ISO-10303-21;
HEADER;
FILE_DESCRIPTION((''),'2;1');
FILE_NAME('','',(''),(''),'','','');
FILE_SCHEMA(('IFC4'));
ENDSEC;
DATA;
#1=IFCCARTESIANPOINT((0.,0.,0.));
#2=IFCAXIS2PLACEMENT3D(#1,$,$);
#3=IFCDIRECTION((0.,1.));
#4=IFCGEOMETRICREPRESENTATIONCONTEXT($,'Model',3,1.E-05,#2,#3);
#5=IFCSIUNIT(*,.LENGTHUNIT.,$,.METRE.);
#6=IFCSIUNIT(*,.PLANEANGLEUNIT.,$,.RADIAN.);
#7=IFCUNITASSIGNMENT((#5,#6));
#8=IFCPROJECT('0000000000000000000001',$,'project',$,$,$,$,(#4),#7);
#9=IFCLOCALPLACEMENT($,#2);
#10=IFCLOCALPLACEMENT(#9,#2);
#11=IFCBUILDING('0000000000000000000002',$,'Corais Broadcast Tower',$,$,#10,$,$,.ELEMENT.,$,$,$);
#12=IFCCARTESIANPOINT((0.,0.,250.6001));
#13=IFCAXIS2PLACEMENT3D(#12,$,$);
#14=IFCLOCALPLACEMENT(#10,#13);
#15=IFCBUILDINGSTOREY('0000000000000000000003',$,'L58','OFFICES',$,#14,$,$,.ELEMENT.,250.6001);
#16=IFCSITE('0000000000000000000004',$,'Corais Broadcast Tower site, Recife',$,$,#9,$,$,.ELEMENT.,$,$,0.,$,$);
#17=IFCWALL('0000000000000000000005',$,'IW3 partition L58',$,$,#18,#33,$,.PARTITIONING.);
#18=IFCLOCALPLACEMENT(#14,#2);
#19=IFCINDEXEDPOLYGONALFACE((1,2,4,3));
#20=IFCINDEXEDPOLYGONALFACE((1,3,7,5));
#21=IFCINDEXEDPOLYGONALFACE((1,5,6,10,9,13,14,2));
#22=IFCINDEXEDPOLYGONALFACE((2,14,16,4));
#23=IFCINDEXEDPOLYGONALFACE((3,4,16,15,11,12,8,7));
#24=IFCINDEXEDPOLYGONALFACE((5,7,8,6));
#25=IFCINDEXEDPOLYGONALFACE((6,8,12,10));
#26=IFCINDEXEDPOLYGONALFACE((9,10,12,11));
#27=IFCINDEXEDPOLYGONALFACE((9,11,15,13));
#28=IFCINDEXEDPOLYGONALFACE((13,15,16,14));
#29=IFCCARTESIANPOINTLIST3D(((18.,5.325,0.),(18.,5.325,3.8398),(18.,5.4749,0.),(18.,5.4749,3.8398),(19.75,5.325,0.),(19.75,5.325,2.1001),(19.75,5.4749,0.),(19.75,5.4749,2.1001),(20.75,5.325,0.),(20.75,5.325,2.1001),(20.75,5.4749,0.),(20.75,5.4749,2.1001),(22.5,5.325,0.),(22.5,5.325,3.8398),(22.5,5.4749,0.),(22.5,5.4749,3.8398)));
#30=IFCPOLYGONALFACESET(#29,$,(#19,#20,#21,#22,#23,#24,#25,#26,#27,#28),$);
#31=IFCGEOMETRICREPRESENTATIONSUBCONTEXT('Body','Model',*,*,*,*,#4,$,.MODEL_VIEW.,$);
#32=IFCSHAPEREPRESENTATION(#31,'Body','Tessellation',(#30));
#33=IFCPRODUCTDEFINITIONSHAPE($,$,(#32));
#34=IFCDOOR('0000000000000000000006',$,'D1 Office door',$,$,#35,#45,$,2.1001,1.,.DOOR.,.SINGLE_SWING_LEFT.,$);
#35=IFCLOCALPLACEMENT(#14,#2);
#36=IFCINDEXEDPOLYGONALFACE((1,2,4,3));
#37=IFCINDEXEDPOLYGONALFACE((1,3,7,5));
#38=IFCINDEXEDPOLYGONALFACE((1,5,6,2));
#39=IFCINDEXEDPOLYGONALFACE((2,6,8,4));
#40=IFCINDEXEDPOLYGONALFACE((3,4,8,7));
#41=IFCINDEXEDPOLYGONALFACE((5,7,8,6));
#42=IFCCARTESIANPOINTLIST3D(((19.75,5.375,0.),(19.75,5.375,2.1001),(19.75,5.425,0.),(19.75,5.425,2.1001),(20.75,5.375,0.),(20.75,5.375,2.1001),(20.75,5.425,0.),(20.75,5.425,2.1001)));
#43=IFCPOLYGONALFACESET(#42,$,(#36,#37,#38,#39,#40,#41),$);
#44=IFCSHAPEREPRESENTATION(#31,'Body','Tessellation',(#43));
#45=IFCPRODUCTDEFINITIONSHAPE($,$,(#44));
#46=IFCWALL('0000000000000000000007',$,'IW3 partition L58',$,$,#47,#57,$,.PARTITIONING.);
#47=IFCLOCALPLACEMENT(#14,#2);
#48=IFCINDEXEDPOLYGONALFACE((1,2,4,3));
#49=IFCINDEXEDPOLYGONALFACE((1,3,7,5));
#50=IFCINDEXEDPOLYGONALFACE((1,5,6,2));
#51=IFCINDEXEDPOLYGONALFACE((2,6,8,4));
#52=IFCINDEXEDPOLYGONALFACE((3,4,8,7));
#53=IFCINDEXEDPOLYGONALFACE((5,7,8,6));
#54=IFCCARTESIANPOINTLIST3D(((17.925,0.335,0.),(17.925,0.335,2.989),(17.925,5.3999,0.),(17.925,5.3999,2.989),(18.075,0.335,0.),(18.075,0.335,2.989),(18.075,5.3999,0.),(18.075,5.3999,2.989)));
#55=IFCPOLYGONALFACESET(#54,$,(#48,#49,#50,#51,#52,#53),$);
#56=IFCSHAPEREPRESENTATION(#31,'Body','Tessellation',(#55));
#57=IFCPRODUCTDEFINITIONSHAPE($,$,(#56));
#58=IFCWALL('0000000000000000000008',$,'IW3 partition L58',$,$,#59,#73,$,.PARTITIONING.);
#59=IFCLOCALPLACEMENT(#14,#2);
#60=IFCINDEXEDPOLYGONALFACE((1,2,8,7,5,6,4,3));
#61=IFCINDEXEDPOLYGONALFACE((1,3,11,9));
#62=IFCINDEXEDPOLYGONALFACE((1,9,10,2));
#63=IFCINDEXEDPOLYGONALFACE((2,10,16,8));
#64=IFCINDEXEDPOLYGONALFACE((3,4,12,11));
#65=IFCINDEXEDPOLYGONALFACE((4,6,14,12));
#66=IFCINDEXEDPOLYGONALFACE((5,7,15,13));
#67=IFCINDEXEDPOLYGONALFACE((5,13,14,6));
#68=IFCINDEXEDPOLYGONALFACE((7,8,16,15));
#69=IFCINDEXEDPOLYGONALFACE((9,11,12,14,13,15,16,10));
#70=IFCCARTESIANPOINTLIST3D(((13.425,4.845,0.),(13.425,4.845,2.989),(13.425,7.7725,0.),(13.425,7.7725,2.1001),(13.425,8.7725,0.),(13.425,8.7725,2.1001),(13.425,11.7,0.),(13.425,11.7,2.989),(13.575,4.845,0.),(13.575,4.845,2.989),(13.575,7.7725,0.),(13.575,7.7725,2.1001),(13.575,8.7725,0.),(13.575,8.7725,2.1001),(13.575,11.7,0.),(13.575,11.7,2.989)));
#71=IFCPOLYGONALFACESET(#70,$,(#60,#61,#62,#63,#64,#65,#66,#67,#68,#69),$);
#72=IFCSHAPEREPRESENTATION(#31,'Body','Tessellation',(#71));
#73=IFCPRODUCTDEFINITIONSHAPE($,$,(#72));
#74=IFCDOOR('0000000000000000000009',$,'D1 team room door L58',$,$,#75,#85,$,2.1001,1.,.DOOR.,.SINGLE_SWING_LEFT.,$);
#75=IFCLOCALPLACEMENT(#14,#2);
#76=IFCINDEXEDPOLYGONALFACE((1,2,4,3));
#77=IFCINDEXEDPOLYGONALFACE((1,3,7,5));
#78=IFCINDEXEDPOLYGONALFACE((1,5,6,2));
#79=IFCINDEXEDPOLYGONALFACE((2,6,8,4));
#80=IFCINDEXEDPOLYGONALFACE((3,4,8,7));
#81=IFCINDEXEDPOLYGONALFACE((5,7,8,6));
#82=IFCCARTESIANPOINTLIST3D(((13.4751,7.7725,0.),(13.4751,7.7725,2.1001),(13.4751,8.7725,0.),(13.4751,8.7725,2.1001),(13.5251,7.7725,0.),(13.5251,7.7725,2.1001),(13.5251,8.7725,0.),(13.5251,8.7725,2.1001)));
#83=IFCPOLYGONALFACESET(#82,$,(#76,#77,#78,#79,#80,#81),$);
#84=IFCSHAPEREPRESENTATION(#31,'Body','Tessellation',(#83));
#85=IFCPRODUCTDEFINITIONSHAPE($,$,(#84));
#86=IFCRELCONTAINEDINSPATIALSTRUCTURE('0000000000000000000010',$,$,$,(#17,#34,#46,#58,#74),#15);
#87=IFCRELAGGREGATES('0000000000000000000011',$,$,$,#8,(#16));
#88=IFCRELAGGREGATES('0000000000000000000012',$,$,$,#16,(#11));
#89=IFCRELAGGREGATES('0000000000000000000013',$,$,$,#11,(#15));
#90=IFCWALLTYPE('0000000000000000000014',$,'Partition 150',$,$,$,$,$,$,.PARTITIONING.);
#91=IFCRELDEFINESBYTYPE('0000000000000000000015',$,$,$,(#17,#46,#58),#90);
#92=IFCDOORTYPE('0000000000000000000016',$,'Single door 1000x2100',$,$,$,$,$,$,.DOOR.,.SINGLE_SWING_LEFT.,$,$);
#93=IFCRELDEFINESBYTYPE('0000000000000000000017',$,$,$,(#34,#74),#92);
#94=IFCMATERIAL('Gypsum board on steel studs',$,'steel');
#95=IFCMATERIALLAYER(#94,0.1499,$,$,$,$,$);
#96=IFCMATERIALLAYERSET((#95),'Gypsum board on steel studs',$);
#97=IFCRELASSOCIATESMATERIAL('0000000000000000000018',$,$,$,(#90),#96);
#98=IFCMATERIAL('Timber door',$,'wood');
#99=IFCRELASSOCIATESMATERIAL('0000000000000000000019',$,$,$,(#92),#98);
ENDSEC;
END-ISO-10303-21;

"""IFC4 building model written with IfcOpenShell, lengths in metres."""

from ifc_helpers import new_model, si_unit, direction, frame, frame_2d, origin, place, context, subcontext, project, spatial, rectangle, extrude, material, layer, layer_set, type_object, element, fill, save


model = new_model("IFC4")

# Units and contexts
model_context = context("Model", 3, precision=1e-05, world=origin(), true_north=direction((0.0, 1.0)))
body_context = subcontext(model_context, "Body", "Model", "MODEL_VIEW")
ifc_project = project(units=[si_unit("LENGTHUNIT", "METRE"), si_unit("PLANEANGLEUNIT", "RADIAN")], contexts=[model_context])

# Site, building, storey
site_placement = place(None, origin())
site = spatial("IfcSite", under=ifc_project, at=site_placement, Name="Corais Broadcast Tower site, Recife", CompositionType="ELEMENT", RefElevation=0.0)
building_placement = place(site_placement, origin())
building = spatial("IfcBuilding", under=site, at=building_placement, Name="Corais Broadcast Tower", CompositionType="ELEMENT")
storey_placement = place(building_placement, frame((0.0, 0.0, 250.6001)))
storey = spatial("IfcBuildingStorey", under=building, at=storey_placement, Name="L58", Description="OFFICES", CompositionType="ELEMENT", Elevation=250.6001)

# Shared definitions
ifc_material_1 = material(Name="Gypsum board on steel studs", Category="steel")
ifc_layer_1 = layer(ifc_material_1, 0.1499)
ifc_layer_set_1 = layer_set([ifc_layer_1], Name="Gypsum board on steel studs")
wall_type = type_object("IfcWallType", Name="Partition 150", PredefinedType="PARTITIONING", material=ifc_layer_set_1)

# Wall, opening, door
wall_1_placement = place(storey_placement, frame((22.5, 5.3999, 0.0), z_axis=(0.0, 0.0, 1.0), x_axis=(-1.0, 0.0, 0.0)))
wall_1 = element("IfcWall", 1, at=wall_1_placement, inside=storey, type_object=wall_type, Name="IW3 partition L58", PredefinedType="PARTITIONING", context=body_context, shape_type="SweptSolid", body=[
    extrude(rectangle(XDim=4.5, YDim=0.1499, at=frame_2d((2.25, 0.0))), origin(), (0.0, 0.0, 1.0), 3.8398),
])
opening_1_placement = place(wall_1_placement, frame((1.75, 0.0, 0.0)))
opening_1 = element("IfcOpeningElement", 2, at=opening_1_placement, cuts=wall_1, PredefinedType="OPENING", context=body_context, shape_type="SweptSolid", body=[
    extrude(rectangle(XDim=1.0, YDim=2.1001, at=frame_2d((0.5, 1.05))), frame((0.0, 0.085, 0.0), z_axis=(0.0, -1.0, 0.0), x_axis=(1.0, 0.0, 0.0)), (0.0, 0.0, 1.0), 0.1699),
])
ifc_material_2 = material(Name="Timber door", Category="wood")
door_type = type_object("IfcDoorType", Name="Single door 1000x2100", OperationType="SINGLE_SWING_LEFT", PredefinedType="DOOR", material=ifc_material_2)
door_1_placement = place(opening_1_placement, origin())
door_1 = element("IfcDoor", 3, at=door_1_placement, inside=storey, type_object=door_type, Name="D1 Office door", OperationType="SINGLE_SWING_LEFT", OverallHeight=2.1001, OverallWidth=1.0, PredefinedType="DOOR", context=body_context, shape_type="SweptSolid", body=[
    extrude(rectangle(XDim=1.0, YDim=2.1001, at=frame_2d((0.5, 1.05))), frame((0.0, 0.0249, 0.0), z_axis=(0.0, -1.0, 0.0), x_axis=(1.0, 0.0, 0.0)), (0.0, 0.0, 1.0), 0.05),
])
fill(opening_1, door_1)

# Wall
wall_2_placement = place(storey_placement, frame((18.0, 5.3999, 0.0), z_axis=(0.0, 0.0, 1.0), x_axis=(0.0, -1.0, 0.0)))
element("IfcWall", 4, at=wall_2_placement, inside=storey, type_object=wall_type, Name="IW3 partition L58", PredefinedType="PARTITIONING", context=body_context, shape_type="SweptSolid", body=[
    extrude(rectangle(XDim=5.0649, YDim=0.1499, at=frame_2d((2.5325, 0.0))), origin(), (0.0, 0.0, 1.0), 2.989),
])

# Wall, opening, door
wall_3_placement = place(storey_placement, frame((13.5, 4.845, 0.0), z_axis=(0.0, 0.0, 1.0), x_axis=(0.0, 1.0, 0.0)))
wall_3 = element("IfcWall", 5, at=wall_3_placement, inside=storey, type_object=wall_type, Name="IW3 partition L58", PredefinedType="PARTITIONING", context=body_context, shape_type="SweptSolid", body=[
    extrude(rectangle(XDim=6.855, YDim=0.1499, at=frame_2d((3.4275, 0.0))), origin(), (0.0, 0.0, 1.0), 2.989),
])
opening_2_placement = place(wall_3_placement, frame((2.9275, 0.0, 0.0)))
opening_2 = element("IfcOpeningElement", 6, at=opening_2_placement, cuts=wall_3, PredefinedType="OPENING", context=body_context, shape_type="SweptSolid", body=[
    extrude(rectangle(XDim=1.0, YDim=2.1001, at=frame_2d((0.5, 1.05))), frame((0.0, 0.085, 0.0), z_axis=(0.0, -1.0, 0.0), x_axis=(1.0, 0.0, 0.0)), (0.0, 0.0, 1.0), 0.1699),
])
door_2_placement = place(opening_2_placement, origin())
door_2 = element("IfcDoor", 7, at=door_2_placement, inside=storey, type_object=door_type, Name="D1 team room door L58", OperationType="SINGLE_SWING_LEFT", OverallHeight=2.1001, OverallWidth=1.0, PredefinedType="DOOR", context=body_context, shape_type="SweptSolid", body=[
    extrude(rectangle(XDim=1.0, YDim=2.1001, at=frame_2d((0.5, 1.05))), frame((0.0, 0.0249, 0.0), z_axis=(0.0, -1.0, 0.0), x_axis=(1.0, 0.0, 0.0)), (0.0, 0.0, 1.0), 0.05),
])
fill(opening_2, door_2)

save(model, "model.ifc")
